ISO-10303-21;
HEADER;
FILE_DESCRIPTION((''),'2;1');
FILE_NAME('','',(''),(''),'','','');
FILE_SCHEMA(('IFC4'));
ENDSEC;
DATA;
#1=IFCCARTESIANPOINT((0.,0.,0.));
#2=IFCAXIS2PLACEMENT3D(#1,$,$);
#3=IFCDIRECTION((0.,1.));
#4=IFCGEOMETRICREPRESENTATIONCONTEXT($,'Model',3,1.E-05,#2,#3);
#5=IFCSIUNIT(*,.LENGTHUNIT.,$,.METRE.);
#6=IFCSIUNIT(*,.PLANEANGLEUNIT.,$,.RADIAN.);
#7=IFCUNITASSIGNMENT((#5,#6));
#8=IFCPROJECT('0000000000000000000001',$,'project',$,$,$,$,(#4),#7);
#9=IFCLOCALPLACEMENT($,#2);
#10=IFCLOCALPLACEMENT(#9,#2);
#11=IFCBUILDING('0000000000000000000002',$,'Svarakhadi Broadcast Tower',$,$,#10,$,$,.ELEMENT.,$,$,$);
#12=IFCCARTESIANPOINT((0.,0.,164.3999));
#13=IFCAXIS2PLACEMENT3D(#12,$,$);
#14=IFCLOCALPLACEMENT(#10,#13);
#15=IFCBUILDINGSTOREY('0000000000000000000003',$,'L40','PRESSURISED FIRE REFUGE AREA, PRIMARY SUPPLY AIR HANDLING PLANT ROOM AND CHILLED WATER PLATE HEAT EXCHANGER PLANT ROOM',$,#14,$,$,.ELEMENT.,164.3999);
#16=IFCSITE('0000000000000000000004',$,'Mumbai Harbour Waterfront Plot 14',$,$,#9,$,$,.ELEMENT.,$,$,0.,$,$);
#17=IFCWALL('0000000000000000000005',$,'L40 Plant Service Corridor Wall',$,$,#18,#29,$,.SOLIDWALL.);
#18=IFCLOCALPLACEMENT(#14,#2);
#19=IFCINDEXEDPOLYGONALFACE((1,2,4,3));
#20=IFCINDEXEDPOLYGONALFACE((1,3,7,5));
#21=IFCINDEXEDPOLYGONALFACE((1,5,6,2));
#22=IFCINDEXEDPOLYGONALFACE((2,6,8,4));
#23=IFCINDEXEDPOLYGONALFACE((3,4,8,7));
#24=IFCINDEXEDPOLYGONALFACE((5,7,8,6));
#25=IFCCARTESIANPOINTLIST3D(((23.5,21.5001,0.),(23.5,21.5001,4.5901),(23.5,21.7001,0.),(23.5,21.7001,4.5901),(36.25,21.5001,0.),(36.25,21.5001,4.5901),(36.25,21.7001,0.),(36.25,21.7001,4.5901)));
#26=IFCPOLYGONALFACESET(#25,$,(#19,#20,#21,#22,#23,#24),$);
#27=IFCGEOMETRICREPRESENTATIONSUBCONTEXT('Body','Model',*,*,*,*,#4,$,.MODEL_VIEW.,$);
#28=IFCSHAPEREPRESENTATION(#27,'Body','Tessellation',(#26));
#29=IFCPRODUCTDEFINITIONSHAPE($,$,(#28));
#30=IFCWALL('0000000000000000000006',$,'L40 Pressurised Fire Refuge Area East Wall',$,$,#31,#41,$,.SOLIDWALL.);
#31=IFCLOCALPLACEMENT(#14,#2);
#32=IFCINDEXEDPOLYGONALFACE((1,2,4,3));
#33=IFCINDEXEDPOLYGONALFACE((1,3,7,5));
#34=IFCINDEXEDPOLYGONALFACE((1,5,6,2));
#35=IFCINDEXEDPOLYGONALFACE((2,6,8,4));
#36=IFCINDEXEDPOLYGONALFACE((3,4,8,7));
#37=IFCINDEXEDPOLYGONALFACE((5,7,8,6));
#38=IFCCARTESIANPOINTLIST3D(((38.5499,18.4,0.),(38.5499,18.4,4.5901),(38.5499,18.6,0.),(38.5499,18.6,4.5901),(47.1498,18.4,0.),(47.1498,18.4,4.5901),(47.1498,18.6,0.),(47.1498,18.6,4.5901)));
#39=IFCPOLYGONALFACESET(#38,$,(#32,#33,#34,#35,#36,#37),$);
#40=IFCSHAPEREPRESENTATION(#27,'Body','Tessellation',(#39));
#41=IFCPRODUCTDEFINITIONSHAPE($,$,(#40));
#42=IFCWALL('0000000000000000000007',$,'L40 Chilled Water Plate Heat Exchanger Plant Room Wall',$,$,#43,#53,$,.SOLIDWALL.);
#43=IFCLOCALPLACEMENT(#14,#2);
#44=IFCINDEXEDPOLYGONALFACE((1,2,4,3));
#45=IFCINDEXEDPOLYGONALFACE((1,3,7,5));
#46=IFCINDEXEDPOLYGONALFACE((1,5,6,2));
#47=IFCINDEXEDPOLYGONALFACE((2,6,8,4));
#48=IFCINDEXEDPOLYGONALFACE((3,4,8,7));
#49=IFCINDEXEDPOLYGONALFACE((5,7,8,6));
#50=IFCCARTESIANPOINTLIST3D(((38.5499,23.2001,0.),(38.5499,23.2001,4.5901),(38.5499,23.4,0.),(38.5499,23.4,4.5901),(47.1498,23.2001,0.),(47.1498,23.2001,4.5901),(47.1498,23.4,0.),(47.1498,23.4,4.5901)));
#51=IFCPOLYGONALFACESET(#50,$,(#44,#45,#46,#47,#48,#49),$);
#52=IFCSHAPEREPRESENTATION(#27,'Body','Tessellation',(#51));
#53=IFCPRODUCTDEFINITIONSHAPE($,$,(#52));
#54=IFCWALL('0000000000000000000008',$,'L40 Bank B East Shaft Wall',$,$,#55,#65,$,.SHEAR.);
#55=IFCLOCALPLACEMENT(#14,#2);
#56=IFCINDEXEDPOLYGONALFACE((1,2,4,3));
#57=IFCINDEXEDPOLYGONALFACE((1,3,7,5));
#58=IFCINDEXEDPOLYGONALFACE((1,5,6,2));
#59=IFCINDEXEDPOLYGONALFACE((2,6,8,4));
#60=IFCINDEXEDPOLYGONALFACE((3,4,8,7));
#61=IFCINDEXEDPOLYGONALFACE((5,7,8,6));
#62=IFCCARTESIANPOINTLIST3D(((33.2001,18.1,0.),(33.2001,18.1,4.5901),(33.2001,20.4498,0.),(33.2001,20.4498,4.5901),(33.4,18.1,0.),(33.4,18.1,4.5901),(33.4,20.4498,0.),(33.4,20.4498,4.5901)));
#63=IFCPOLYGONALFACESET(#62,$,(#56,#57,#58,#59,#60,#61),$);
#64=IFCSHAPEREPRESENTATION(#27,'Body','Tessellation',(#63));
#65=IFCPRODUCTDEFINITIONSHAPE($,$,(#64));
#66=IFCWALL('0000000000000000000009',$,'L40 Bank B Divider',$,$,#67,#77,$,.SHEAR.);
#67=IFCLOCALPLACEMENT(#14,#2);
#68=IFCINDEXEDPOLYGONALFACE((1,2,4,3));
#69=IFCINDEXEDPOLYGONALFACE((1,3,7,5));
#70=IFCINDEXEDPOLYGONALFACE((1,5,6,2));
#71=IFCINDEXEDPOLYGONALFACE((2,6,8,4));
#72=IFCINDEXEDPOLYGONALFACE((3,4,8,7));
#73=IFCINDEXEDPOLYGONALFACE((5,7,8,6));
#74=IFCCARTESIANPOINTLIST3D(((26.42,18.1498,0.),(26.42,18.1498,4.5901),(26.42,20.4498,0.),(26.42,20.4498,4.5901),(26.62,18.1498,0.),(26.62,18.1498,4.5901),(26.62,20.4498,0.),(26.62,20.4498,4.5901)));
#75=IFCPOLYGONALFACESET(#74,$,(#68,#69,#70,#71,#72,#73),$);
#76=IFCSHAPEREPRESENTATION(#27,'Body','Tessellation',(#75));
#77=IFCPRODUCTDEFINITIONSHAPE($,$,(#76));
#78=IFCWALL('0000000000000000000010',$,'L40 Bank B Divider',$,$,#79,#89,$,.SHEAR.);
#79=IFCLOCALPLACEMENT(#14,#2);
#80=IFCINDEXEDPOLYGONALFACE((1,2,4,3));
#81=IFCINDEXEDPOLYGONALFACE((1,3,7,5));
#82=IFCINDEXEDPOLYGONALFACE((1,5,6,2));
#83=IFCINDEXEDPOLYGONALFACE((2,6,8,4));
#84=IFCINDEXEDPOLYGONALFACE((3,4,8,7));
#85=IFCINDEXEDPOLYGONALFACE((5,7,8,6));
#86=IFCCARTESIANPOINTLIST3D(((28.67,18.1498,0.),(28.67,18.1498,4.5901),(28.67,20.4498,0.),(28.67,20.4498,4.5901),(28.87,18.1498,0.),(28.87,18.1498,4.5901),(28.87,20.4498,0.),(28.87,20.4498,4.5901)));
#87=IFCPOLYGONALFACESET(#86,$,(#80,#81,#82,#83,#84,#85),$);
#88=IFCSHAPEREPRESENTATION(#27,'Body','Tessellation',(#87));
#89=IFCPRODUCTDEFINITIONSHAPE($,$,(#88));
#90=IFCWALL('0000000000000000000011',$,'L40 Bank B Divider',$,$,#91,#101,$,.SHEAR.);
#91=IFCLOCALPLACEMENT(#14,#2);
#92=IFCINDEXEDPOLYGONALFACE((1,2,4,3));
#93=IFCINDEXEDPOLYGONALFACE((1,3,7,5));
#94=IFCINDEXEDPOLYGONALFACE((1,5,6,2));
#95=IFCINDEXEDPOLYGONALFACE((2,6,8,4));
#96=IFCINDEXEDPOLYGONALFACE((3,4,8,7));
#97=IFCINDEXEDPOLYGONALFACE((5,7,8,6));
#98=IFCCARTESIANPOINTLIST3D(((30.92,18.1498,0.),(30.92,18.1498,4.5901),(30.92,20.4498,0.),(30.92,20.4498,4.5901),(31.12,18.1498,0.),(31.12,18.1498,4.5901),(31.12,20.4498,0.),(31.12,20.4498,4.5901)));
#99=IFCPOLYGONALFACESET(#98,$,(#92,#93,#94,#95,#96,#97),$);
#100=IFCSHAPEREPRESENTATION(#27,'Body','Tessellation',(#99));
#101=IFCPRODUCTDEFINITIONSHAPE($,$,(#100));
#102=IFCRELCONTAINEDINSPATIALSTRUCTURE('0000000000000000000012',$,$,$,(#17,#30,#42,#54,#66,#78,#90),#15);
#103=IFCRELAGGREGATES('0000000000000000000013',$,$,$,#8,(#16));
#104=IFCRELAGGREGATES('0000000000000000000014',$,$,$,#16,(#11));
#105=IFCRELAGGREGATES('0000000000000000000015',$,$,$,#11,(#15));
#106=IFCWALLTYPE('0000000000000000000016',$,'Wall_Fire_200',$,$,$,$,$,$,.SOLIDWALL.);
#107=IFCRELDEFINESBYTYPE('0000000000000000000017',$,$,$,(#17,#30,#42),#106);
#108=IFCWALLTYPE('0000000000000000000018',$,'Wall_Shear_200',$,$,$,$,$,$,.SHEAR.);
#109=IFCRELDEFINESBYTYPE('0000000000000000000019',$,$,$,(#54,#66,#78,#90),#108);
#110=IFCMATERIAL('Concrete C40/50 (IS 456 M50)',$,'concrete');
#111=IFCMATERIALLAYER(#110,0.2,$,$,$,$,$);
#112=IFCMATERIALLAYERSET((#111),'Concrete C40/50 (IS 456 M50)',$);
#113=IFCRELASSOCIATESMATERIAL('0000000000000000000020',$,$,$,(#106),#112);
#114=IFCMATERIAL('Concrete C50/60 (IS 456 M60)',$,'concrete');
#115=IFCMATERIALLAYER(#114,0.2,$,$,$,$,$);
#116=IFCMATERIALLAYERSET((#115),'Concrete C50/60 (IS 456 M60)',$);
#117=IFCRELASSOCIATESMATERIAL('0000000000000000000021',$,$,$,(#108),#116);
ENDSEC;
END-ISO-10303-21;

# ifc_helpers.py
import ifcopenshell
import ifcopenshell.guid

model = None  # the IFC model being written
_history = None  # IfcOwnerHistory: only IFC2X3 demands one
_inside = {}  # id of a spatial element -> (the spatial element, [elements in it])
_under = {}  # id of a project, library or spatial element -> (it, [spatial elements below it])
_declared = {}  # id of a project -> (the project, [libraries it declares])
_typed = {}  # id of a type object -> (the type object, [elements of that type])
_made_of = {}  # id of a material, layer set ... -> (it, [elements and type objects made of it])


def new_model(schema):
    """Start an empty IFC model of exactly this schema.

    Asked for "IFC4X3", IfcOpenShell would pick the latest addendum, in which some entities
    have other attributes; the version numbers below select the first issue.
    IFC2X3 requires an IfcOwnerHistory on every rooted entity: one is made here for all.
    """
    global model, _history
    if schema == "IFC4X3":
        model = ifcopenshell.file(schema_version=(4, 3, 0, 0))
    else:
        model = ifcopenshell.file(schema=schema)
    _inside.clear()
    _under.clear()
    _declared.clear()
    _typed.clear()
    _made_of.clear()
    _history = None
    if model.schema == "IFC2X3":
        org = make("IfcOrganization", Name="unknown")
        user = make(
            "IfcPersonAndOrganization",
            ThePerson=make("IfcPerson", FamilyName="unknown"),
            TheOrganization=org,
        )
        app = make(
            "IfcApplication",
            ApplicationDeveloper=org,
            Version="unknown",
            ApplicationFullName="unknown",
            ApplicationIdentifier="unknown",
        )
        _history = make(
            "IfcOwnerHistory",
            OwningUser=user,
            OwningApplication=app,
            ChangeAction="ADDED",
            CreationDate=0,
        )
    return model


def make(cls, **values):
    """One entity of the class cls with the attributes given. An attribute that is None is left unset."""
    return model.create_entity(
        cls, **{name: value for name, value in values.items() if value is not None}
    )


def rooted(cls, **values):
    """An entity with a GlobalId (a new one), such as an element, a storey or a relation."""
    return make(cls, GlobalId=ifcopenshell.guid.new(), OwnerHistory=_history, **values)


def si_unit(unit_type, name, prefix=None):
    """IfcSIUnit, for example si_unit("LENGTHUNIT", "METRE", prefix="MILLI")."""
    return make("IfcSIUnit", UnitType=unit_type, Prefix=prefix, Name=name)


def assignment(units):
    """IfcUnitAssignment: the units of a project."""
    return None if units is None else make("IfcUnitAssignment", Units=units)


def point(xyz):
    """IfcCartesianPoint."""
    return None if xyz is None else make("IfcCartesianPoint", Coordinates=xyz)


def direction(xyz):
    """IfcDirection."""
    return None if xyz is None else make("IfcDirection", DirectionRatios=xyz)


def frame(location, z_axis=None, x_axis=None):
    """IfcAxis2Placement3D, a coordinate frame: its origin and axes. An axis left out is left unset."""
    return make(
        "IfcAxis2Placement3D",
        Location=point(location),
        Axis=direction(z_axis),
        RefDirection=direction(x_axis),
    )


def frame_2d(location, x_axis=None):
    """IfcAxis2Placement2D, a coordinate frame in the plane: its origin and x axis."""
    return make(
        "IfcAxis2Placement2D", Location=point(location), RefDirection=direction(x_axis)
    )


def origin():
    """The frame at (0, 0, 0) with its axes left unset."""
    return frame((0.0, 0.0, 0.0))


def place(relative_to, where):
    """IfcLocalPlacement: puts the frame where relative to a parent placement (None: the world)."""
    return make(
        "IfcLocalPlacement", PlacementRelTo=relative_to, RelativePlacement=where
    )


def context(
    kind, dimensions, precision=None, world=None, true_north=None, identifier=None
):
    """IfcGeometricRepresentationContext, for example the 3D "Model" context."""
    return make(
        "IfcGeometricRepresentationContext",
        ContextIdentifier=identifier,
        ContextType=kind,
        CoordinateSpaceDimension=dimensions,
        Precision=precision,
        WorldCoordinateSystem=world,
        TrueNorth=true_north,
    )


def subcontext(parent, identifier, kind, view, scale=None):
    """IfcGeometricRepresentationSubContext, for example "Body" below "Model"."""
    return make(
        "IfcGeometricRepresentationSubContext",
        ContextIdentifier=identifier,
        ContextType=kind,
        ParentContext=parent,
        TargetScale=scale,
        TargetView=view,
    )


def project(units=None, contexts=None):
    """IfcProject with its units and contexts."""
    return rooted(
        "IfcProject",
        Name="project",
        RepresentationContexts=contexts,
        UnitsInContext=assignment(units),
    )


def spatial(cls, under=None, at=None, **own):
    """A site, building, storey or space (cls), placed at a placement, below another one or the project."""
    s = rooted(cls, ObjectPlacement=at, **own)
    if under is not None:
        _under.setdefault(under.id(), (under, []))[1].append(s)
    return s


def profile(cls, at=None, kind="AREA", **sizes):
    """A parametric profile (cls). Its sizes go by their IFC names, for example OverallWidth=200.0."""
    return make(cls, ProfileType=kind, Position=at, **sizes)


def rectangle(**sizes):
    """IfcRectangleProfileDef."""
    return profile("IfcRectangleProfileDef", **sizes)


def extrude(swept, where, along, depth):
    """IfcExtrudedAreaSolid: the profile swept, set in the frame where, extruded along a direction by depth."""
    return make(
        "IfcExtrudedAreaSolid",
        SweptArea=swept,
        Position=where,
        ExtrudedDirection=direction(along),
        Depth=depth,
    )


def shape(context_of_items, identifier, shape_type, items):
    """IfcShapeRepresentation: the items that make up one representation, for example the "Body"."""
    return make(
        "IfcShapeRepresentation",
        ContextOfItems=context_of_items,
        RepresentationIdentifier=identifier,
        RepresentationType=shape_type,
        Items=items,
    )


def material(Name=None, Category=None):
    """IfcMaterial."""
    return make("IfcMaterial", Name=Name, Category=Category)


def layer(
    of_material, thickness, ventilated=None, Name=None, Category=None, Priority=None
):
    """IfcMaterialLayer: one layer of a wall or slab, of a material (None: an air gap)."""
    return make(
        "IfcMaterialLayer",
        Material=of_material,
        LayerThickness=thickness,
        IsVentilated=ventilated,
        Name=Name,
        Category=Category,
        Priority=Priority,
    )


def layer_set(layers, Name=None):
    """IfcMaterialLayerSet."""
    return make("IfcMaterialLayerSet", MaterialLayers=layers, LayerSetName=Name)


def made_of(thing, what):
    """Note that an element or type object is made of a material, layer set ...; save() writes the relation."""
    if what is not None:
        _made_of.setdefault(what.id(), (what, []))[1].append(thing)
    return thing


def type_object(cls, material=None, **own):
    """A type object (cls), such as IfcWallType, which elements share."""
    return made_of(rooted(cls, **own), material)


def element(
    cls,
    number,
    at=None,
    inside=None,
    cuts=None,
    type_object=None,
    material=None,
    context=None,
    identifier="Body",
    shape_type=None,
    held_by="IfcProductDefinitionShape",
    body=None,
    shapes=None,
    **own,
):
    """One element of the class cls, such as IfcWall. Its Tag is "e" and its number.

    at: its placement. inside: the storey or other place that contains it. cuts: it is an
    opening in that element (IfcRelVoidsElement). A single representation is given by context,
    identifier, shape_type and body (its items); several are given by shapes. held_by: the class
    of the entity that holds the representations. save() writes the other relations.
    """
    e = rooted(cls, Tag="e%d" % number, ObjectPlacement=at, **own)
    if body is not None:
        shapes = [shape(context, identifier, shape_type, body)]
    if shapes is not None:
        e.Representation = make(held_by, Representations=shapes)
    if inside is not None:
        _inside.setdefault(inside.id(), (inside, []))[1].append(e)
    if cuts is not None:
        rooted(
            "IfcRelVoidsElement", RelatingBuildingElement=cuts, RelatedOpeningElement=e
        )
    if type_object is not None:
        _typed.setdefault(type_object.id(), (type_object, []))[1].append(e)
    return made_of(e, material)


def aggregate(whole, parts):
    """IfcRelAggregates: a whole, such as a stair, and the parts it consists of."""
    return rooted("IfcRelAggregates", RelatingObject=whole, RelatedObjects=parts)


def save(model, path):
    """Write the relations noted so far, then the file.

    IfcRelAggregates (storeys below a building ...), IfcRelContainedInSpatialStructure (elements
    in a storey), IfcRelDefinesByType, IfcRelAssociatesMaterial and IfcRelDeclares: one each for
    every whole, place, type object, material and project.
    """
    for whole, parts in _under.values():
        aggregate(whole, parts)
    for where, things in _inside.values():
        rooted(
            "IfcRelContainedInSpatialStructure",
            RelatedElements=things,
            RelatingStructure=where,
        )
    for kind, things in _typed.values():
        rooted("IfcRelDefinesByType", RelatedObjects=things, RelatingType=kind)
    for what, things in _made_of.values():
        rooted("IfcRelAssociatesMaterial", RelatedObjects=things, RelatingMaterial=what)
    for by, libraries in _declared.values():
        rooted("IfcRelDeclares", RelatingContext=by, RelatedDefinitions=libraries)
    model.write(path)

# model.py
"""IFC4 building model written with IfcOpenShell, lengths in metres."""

from ifc_helpers import new_model, si_unit, direction, frame, frame_2d, origin, place, context, subcontext, project, spatial, rectangle, extrude, material, layer, layer_set, type_object, element, save


model = new_model("IFC4")

# Units and contexts
model_context = context("Model", 3, precision=1e-05, world=origin(), true_north=direction((0.0, 1.0)))
body_context = subcontext(model_context, "Body", "Model", "MODEL_VIEW")
ifc_project = project(units=[si_unit("LENGTHUNIT", "METRE"), si_unit("PLANEANGLEUNIT", "RADIAN")], contexts=[model_context])

# Site, building, storey
site_placement = place(None, origin())
site = spatial("IfcSite", under=ifc_project, at=site_placement, Name="Mumbai Harbour Waterfront Plot 14", CompositionType="ELEMENT", RefElevation=0.0)
building_placement = place(site_placement, origin())
building = spatial("IfcBuilding", under=site, at=building_placement, Name="Svarakhadi Broadcast Tower", CompositionType="ELEMENT")
storey_placement = place(building_placement, frame((0.0, 0.0, 164.3999)))
storey = spatial("IfcBuildingStorey", under=building, at=storey_placement, Name="L40", Description="PRESSURISED FIRE REFUGE AREA, PRIMARY SUPPLY AIR HANDLING PLANT ROOM AND CHILLED WATER PLATE HEAT EXCHANGER PLANT ROOM", CompositionType="ELEMENT", Elevation=164.3999)

# Shared definitions
ifc_material_1 = material(Name="Concrete C50/60 (IS 456 M60)", Category="concrete")

# Shared definitions
ifc_material_2 = material(Name="Concrete C40/50 (IS 456 M50)", Category="concrete")
ifc_layer_1 = layer(ifc_material_2, 0.2)
ifc_layer_set_1 = layer_set([ifc_layer_1], Name="Concrete C40/50 (IS 456 M50)")
wall_type_1 = type_object("IfcWallType", Name="Wall_Fire_200", PredefinedType="SOLIDWALL", material=ifc_layer_set_1)

# Walls
wall_1_placement = place(storey_placement, frame((36.25, 21.6001, 0.0), z_axis=(0.0, 0.0, 1.0), x_axis=(-1.0, 0.0, 0.0)))
element("IfcWall", 1, at=wall_1_placement, inside=storey, type_object=wall_type_1, Name="L40 Plant Service Corridor Wall", PredefinedType="SOLIDWALL", context=body_context, shape_type="SweptSolid", body=[
    extrude(rectangle(XDim=12.75, YDim=0.2, at=frame_2d((6.375, 0.0))), origin(), (0.0, 0.0, 1.0), 4.5901),
])
for number, where, z_axis, x_axis, name in (
    (2, (38.55, 18.5, 0.0), (0.0, 0.0, 1.0), (1.0, 0.0, 0.0), "L40 Pressurised Fire Refuge Area East Wall"),
    (3, (38.55, 23.3, 0.0), (0.0, 0.0, 1.0), (1.0, 0.0, 0.0), "L40 Chilled Water Plate Heat Exchanger Plant Room Wall"),
):
    element("IfcWall", number, at=place(storey_placement, frame(where, z_axis=z_axis, x_axis=x_axis)), inside=storey, type_object=wall_type_1, Name=name, PredefinedType="SOLIDWALL", context=body_context, shape_type="SweptSolid", body=[
        extrude(rectangle(XDim=8.5999, YDim=0.2, at=frame_2d((4.2998, 0.0))), origin(), (0.0, 0.0, 1.0), 4.5901),
    ])
ifc_layer_2 = layer(ifc_material_1, 0.2)
ifc_layer_set_2 = layer_set([ifc_layer_2], Name="Concrete C50/60 (IS 456 M60)")
wall_type_2 = type_object("IfcWallType", Name="Wall_Shear_200", PredefinedType="SHEAR", material=ifc_layer_set_2)
wall_2_placement = place(storey_placement, frame((33.3, 18.1001, 0.0), z_axis=(0.0, 0.0, 1.0), x_axis=(0.0, 1.0, 0.0)))
element("IfcWall", 4, at=wall_2_placement, inside=storey, type_object=wall_type_2, Name="L40 Bank B East Shaft Wall", PredefinedType="SHEAR", context=body_context, shape_type="SweptSolid", body=[
    extrude(rectangle(XDim=2.3499, YDim=0.2, at=frame_2d((1.1748, 0.0))), origin(), (0.0, 0.0, 1.0), 4.5901),
])
for number, where, z_axis, x_axis, name in (
    (5, (26.52, 18.1499, 0.0), (0.0, 0.0, 1.0), (0.0, 1.0, 0.0), "L40 Bank B Divider"),
    (6, (28.77, 18.1499, 0.0), (0.0, 0.0, 1.0), (0.0, 1.0, 0.0), "L40 Bank B Divider"),
    (7, (31.02, 18.1499, 0.0), (0.0, 0.0, 1.0), (0.0, 1.0, 0.0), "L40 Bank B Divider"),
):
    element("IfcWall", number, at=place(storey_placement, frame(where, z_axis=z_axis, x_axis=x_axis)), inside=storey, type_object=wall_type_2, Name=name, PredefinedType="SHEAR", context=body_context, shape_type="SweptSolid", body=[
        extrude(rectangle(XDim=2.3, YDim=0.2, at=frame_2d((1.1499, 0.0))), origin(), (0.0, 0.0, 1.0), 4.5901),
    ])

save(model, "model.ifc")
